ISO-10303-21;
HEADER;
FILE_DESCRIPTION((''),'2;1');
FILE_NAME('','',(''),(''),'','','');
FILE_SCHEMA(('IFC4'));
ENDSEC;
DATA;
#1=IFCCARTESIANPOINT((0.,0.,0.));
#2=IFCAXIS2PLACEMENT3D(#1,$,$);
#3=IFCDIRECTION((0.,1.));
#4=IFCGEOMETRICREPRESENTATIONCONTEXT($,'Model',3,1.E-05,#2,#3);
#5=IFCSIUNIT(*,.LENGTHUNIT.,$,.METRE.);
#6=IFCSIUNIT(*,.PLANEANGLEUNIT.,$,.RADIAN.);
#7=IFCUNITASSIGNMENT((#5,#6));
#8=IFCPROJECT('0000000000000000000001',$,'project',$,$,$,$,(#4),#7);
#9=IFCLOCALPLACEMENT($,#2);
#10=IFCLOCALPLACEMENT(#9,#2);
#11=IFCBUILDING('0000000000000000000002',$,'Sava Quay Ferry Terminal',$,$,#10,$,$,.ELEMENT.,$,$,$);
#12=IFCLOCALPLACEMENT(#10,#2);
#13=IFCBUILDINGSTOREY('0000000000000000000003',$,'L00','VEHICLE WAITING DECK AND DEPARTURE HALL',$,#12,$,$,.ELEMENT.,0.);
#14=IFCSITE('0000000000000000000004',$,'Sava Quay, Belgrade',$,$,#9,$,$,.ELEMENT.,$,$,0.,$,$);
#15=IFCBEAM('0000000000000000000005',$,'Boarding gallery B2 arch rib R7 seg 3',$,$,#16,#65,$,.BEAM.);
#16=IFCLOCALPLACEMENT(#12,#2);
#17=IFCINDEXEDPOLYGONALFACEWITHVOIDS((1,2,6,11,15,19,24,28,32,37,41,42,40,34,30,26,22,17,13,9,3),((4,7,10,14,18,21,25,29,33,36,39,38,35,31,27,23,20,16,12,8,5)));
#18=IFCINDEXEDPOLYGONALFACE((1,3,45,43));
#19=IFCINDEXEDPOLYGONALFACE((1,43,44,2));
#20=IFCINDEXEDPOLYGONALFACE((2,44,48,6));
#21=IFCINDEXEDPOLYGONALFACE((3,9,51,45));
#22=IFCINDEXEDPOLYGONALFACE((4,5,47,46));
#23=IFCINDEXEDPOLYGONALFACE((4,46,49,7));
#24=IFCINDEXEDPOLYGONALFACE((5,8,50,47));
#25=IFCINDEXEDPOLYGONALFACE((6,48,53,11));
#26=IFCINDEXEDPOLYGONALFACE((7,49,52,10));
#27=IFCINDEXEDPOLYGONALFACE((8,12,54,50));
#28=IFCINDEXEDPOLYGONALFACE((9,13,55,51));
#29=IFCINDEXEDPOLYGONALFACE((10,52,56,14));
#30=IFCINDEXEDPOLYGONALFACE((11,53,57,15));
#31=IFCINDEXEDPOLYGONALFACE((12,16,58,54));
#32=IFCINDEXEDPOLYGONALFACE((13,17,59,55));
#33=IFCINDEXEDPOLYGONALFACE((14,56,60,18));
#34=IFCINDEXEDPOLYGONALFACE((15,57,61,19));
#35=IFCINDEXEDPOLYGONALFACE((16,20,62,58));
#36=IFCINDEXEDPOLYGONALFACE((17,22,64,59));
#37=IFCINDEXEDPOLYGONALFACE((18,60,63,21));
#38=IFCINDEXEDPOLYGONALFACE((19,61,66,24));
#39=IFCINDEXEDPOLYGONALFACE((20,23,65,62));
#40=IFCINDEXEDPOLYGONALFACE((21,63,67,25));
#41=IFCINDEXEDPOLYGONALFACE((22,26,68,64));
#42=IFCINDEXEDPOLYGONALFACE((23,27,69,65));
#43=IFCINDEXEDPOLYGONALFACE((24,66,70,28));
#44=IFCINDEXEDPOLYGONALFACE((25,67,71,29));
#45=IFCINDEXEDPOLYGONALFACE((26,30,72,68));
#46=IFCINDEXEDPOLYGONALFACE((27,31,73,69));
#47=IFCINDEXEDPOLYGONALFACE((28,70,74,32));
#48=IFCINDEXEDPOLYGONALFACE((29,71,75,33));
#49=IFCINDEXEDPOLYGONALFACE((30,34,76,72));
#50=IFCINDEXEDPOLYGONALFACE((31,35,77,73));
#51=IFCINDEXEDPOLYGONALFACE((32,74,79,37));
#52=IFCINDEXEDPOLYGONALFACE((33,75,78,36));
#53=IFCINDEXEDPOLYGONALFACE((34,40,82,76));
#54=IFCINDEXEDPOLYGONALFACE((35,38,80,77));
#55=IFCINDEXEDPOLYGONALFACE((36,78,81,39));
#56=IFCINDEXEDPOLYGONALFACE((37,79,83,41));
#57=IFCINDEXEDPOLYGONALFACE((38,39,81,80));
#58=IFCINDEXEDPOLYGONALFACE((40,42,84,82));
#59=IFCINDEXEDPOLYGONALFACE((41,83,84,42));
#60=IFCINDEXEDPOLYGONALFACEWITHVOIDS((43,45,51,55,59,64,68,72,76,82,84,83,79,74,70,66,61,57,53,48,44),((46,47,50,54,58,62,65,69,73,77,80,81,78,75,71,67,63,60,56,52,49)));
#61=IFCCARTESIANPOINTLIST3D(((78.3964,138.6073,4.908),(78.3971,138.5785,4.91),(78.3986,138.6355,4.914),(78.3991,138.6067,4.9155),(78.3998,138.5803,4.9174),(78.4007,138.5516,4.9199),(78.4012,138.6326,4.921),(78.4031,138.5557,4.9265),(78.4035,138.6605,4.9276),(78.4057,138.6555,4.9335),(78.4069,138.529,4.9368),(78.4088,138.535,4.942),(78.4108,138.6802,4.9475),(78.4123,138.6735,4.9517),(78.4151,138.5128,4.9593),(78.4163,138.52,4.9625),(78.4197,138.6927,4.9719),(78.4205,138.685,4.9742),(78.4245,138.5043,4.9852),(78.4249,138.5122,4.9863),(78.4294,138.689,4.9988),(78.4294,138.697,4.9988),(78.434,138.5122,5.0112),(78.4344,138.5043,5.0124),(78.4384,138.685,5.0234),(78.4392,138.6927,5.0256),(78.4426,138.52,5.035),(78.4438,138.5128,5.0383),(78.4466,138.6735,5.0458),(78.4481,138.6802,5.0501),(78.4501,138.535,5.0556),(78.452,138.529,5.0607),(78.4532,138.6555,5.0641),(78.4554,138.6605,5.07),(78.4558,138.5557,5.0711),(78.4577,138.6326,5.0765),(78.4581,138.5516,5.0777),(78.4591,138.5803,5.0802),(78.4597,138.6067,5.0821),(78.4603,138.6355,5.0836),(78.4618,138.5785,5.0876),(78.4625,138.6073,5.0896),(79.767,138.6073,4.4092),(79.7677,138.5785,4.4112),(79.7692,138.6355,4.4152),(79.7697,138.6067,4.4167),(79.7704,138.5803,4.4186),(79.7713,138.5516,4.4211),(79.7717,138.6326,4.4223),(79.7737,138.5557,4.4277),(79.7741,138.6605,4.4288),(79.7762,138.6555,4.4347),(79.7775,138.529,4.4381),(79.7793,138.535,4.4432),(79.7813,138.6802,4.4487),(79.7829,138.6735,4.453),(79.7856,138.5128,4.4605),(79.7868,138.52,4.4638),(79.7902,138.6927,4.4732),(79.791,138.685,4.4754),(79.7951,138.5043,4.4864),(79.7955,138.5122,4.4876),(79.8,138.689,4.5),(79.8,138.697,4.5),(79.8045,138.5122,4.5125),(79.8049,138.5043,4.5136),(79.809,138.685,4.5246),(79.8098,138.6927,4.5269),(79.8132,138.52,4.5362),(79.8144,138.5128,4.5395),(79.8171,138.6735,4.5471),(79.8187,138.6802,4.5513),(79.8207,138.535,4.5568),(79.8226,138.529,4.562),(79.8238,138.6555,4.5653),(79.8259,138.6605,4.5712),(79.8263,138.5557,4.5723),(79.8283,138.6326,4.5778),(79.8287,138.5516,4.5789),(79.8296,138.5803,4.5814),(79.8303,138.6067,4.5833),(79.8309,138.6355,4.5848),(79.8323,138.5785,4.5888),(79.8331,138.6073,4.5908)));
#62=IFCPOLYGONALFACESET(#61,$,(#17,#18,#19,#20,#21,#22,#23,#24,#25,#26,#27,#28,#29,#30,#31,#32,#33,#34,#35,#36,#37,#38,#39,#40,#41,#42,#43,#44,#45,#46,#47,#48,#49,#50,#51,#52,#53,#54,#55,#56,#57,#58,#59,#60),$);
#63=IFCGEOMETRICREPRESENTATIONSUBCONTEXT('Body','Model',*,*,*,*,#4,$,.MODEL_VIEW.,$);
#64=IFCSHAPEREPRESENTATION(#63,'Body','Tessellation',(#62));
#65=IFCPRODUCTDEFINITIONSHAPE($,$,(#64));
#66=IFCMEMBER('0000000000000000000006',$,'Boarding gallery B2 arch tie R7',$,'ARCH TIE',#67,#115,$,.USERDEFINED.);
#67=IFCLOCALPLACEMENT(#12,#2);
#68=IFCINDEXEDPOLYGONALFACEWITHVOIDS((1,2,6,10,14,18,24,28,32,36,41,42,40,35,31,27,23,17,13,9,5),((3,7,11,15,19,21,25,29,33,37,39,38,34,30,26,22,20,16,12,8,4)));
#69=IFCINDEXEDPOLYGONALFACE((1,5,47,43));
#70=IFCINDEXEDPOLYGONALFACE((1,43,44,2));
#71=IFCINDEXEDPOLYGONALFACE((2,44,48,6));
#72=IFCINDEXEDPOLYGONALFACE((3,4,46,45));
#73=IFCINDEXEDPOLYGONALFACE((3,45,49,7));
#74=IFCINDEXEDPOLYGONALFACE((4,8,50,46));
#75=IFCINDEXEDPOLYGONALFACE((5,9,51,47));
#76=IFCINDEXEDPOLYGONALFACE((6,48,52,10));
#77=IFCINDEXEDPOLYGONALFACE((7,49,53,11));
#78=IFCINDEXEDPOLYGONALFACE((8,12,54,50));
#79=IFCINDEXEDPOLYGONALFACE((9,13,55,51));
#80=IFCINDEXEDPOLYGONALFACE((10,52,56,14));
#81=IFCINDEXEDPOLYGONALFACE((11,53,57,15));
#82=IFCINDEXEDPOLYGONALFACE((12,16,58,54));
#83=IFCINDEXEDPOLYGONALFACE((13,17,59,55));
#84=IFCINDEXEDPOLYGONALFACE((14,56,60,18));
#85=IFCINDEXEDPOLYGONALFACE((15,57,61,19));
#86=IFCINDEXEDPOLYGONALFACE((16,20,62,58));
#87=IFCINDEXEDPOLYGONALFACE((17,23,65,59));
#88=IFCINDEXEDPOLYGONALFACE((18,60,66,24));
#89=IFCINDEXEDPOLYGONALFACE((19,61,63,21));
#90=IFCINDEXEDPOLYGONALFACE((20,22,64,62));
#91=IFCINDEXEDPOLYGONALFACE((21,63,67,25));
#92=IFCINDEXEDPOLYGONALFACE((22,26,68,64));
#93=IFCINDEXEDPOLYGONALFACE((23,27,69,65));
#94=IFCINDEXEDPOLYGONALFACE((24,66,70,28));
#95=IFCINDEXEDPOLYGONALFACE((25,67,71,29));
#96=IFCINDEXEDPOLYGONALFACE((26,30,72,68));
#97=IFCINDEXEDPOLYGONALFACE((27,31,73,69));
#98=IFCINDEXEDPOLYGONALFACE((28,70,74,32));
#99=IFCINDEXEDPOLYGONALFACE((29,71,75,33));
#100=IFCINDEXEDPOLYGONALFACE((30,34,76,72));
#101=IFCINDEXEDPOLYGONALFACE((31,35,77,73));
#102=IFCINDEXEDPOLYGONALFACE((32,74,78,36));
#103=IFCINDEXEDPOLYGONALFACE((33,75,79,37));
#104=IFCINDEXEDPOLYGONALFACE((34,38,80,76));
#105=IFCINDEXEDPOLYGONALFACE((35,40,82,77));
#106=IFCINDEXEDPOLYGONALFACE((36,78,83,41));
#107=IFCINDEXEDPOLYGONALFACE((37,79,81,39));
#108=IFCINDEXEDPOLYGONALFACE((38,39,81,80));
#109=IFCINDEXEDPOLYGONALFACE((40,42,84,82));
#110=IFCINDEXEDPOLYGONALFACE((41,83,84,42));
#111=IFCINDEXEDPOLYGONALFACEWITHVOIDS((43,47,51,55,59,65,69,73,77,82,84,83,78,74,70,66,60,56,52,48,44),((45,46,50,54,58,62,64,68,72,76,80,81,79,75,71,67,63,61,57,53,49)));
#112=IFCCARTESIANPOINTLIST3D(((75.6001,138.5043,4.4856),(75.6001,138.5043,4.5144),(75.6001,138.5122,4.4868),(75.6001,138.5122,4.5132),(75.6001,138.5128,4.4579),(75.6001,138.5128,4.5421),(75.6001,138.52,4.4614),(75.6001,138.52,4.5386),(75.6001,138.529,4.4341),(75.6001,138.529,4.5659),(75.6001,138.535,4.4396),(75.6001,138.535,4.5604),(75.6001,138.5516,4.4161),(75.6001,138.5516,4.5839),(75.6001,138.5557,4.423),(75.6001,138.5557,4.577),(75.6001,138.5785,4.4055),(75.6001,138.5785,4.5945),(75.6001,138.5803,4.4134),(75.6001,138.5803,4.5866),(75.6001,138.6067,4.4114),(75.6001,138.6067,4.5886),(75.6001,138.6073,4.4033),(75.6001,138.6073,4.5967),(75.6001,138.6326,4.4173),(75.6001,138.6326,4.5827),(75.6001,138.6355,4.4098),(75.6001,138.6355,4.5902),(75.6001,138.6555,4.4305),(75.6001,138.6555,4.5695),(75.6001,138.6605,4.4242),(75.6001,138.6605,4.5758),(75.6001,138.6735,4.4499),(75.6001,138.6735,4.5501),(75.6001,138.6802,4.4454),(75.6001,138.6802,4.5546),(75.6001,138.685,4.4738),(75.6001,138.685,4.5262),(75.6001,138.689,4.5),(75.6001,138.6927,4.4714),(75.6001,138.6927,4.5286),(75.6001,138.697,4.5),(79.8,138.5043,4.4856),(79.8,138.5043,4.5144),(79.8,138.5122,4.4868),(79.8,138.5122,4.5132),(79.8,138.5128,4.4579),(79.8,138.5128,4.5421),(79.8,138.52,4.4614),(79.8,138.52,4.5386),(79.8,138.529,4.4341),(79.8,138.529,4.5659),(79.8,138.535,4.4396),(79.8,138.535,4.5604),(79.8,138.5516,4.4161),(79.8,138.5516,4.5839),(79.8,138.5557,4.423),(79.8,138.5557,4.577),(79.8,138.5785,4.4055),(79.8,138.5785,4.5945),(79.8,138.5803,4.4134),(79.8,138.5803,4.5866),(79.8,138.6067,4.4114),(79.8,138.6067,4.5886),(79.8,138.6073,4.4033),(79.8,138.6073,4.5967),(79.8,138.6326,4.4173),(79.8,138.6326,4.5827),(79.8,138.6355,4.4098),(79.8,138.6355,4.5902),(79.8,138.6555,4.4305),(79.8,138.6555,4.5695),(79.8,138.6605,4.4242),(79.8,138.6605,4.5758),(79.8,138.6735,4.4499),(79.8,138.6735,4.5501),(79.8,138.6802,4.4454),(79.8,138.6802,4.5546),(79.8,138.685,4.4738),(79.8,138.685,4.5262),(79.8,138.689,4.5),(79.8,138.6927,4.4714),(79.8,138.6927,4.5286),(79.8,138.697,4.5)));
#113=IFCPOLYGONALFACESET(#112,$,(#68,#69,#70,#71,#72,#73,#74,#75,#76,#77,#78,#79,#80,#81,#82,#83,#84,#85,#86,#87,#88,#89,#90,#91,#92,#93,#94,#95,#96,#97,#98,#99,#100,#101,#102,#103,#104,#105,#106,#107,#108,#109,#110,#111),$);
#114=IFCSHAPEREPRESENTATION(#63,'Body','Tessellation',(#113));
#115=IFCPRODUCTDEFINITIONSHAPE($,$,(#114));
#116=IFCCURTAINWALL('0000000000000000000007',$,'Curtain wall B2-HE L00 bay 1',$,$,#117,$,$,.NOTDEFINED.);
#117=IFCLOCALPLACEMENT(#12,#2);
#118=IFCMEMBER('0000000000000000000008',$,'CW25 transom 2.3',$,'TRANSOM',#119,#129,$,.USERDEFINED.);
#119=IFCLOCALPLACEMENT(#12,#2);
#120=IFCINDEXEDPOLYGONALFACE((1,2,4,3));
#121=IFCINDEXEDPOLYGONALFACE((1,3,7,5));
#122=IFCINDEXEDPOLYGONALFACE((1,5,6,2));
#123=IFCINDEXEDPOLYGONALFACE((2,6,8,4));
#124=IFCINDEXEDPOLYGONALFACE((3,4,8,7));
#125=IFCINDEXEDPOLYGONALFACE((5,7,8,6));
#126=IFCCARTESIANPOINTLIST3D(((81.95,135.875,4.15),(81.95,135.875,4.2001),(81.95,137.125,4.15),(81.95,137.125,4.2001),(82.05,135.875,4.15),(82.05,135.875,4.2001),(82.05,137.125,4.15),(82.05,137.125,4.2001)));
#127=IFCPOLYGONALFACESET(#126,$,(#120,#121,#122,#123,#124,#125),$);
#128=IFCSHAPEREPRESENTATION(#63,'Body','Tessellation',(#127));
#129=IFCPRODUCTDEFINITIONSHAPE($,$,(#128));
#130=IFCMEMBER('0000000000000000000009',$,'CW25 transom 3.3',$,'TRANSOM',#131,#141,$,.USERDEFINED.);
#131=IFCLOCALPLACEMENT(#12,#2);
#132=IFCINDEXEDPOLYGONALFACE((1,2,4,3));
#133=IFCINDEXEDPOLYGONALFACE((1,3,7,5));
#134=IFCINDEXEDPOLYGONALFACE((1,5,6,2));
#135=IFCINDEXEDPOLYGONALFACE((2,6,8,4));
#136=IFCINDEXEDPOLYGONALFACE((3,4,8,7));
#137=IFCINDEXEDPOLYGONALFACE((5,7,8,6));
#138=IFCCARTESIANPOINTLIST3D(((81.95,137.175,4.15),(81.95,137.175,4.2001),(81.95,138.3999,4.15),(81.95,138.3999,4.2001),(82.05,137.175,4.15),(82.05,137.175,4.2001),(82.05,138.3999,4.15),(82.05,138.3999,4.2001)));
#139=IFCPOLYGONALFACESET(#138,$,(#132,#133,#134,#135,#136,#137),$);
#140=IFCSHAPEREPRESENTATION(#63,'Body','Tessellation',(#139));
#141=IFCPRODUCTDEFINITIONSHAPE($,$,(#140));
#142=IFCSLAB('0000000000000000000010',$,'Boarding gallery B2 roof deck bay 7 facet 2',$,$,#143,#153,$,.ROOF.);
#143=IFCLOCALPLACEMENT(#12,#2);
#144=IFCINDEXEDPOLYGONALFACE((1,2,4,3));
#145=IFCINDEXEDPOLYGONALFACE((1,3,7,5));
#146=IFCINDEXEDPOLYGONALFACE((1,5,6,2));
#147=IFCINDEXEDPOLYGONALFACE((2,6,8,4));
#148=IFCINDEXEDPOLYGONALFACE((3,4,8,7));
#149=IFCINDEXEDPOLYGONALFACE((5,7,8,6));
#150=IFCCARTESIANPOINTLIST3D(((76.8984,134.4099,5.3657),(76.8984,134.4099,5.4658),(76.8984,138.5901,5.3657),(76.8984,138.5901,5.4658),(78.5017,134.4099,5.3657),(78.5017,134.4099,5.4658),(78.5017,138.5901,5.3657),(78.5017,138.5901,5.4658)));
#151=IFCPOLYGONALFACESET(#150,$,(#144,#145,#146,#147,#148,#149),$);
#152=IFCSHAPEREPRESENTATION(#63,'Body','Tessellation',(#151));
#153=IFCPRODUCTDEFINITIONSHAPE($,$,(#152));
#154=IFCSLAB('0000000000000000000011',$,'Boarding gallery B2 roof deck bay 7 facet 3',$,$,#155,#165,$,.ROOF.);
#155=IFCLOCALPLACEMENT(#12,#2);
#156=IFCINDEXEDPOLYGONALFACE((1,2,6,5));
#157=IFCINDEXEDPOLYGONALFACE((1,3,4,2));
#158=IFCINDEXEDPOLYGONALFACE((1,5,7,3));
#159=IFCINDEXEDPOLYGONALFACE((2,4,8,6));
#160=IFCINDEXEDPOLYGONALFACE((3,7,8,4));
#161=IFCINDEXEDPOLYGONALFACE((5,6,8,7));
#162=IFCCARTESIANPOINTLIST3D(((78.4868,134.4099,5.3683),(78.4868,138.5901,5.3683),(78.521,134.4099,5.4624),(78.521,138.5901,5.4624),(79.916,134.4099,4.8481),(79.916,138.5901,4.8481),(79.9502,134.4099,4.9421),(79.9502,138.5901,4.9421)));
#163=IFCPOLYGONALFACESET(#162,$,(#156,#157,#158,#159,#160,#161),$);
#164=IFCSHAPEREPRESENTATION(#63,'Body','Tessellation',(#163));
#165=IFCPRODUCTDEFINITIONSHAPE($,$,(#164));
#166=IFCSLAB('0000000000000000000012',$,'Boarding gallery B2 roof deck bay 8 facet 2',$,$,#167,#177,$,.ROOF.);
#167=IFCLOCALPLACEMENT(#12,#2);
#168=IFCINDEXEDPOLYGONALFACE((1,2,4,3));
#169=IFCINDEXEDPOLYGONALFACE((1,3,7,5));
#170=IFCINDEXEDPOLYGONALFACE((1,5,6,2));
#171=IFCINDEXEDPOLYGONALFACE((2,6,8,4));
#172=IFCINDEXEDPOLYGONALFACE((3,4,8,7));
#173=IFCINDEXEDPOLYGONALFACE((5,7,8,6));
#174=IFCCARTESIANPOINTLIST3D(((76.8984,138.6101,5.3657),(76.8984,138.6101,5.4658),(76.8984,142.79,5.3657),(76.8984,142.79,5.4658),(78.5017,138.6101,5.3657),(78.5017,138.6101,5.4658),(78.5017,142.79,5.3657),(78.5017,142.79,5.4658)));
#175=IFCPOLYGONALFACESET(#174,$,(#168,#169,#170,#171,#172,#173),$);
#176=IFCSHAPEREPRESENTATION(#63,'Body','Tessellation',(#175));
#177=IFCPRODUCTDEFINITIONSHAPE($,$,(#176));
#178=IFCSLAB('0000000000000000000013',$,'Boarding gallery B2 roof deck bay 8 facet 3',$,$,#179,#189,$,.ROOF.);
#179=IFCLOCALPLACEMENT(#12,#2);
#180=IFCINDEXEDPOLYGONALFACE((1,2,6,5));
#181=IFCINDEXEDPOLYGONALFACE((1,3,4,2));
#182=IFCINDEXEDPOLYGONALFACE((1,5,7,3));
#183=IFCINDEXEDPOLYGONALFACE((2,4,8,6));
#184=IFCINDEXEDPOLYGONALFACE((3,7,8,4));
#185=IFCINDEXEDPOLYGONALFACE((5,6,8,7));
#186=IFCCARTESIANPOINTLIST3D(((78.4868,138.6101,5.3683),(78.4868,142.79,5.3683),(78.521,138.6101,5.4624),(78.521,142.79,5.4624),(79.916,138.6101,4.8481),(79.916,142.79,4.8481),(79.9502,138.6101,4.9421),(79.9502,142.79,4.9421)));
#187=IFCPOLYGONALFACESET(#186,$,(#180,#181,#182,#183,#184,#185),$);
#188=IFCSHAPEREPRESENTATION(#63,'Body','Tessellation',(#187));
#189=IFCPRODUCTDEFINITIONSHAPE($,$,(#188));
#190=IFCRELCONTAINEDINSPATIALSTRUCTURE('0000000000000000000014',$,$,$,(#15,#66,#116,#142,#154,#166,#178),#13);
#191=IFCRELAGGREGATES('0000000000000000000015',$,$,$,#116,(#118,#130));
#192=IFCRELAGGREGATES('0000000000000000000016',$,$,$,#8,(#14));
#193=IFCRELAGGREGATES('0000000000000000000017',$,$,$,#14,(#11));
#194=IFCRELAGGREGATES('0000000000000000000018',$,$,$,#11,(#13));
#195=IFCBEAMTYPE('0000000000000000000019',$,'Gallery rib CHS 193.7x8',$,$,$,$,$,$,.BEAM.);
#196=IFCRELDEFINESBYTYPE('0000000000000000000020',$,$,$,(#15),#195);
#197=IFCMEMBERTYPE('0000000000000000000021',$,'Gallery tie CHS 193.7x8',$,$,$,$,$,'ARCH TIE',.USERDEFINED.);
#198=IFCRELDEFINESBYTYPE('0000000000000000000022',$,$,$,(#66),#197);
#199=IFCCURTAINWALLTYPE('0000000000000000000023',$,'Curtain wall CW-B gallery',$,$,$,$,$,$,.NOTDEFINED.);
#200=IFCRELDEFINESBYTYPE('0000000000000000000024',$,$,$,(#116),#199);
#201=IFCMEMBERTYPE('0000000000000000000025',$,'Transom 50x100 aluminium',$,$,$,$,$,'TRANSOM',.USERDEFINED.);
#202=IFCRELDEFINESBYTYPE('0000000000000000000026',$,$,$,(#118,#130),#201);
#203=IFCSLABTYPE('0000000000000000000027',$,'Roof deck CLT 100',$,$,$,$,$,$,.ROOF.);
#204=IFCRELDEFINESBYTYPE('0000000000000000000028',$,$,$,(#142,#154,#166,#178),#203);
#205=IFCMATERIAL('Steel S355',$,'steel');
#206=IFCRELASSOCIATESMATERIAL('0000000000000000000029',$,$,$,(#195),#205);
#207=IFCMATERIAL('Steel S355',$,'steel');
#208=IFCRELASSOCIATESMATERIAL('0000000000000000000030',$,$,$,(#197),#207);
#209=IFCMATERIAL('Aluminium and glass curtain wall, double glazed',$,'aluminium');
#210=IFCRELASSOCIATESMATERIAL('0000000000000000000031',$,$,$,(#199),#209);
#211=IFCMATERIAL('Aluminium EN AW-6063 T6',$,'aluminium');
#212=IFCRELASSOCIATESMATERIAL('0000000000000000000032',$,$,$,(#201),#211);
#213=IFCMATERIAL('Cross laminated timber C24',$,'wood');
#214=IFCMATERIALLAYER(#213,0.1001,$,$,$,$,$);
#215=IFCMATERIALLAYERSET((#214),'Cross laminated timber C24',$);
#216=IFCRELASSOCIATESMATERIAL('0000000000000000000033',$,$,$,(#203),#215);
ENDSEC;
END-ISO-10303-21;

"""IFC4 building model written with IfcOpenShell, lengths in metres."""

from ifc_helpers import new_model, si_unit, direction, frame, origin, origin_2d, place, context, subcontext, project, spatial, polyline, rectangle, hollow_circle, outline, extrude, material, layer, layer_set, material_profile, profile_set, type_object, element, aggregate, save


model = new_model("IFC4")

# Units and contexts
model_context = context("Model", 3, precision=1e-05, world=origin(), true_north=direction((0.0, 1.0)))
body_context = subcontext(model_context, "Body", "Model", "MODEL_VIEW")
ifc_project = project(units=[si_unit("LENGTHUNIT", "METRE"), si_unit("PLANEANGLEUNIT", "RADIAN")], contexts=[model_context])

# Site, building, storey
site_placement = place(None, origin())
site = spatial("IfcSite", under=ifc_project, at=site_placement, Name="Sava Quay, Belgrade", CompositionType="ELEMENT", RefElevation=0.0)
building_placement = place(site_placement, origin())
building = spatial("IfcBuilding", under=site, at=building_placement, Name="Sava Quay Ferry Terminal", CompositionType="ELEMENT")
storey_placement = place(building_placement, origin())
storey = spatial("IfcBuildingStorey", under=building, at=storey_placement, Name="L00", Description="VEHICLE WAITING DECK AND DEPARTURE HALL", CompositionType="ELEMENT", Elevation=0.0)

# Beam
ifc_material_1 = material(Name="Steel S355", Category="steel")
ifc_material_profile_1 = material_profile(ifc_material_1, hollow_circle(Radius=0.0969, WallThickness=0.0081, at=origin_2d()), Name="CHS 193.7 x 8.0")
ifc_profile_set_1 = profile_set([ifc_material_profile_1], Name="Steel S355")
beam_type_1 = type_object("IfcBeamType", Name="Gallery rib CHS 193.7x8", PredefinedType="BEAM", material=ifc_profile_set_1)
beam_1_placement = place(storey_placement, frame((78.4294, 138.6001, 4.9988), z_axis=(0.93971, 0.0, -0.341972), x_axis=(0.0, 1.0, 0.0)))
element("IfcBeam", 1, at=beam_1_placement, inside=storey, type_object=beam_type_1, Name="Boarding gallery B2 arch rib R7 seg 3", PredefinedType="BEAM", context=body_context, shape_type="SweptSolid", body=[
    extrude(hollow_circle(Radius=0.0969, WallThickness=0.0081, at=origin_2d()), origin(), (0.0, 0.0, 1.0), 1.4585),
])

# Member
ifc_material_2 = material(Name="Steel S355", Category="steel")
ifc_material_profile_2 = material_profile(ifc_material_2, hollow_circle(Radius=0.0969, WallThickness=0.0081, at=origin_2d()), Name="CHS 193.7 x 8.0")
ifc_profile_set_2 = profile_set([ifc_material_profile_2], Name="Steel S355")
member_type_1 = type_object("IfcMemberType", Name="Gallery tie CHS 193.7x8", ElementType="ARCH TIE", PredefinedType="USERDEFINED", material=ifc_profile_set_2)
member_1_placement = place(storey_placement, frame((75.6001, 138.6001, 4.5), z_axis=(1.0, 0.0, 0.0), x_axis=(0.0, 1.0, 0.0)))
element("IfcMember", 2, at=member_1_placement, inside=storey, type_object=member_type_1, Name="Boarding gallery B2 arch tie R7", ObjectType="ARCH TIE", PredefinedType="USERDEFINED", context=body_context, shape_type="SweptSolid", body=[
    extrude(hollow_circle(Radius=0.0969, WallThickness=0.0081, at=origin_2d()), origin(), (0.0, 0.0, 1.0), 4.2),
])

# Curtain wall, members
ifc_material_3 = material(Name="Aluminium and glass curtain wall, double glazed", Category="aluminium")
curtain_wall_type = type_object("IfcCurtainWallType", Name="Curtain wall CW-B gallery", PredefinedType="NOTDEFINED", material=ifc_material_3)
curtain_wall_placement = place(storey_placement, origin())
curtain_wall = element("IfcCurtainWall", 3, at=curtain_wall_placement, inside=storey, type_object=curtain_wall_type, Name="Curtain wall B2-HE L00 bay 1", PredefinedType="NOTDEFINED")
ifc_material_4 = material(Name="Aluminium EN AW-6063 T6", Category="aluminium")
ifc_material_profile_3 = material_profile(ifc_material_4, rectangle(XDim=0.1001, YDim=0.05, at=origin_2d()), Name="Transom 50x100 aluminium")
ifc_profile_set_3 = profile_set([ifc_material_profile_3], Name="Aluminium EN AW-6063 T6")
member_type_2 = type_object("IfcMemberType", Name="Transom 50x100 aluminium", ElementType="TRANSOM", PredefinedType="USERDEFINED", material=ifc_profile_set_3)
member_2_placement = place(storey_placement, frame((82.0, 135.875, 4.175), z_axis=(0.0, 1.0, 0.0), x_axis=(-1.0, 0.0, 0.0)))
member_2 = element("IfcMember", 4, at=member_2_placement, type_object=member_type_2, Name="CW25 transom 2.3", ObjectType="TRANSOM", PredefinedType="USERDEFINED", context=body_context, shape_type="SweptSolid", body=[
    extrude(rectangle(XDim=0.1001, YDim=0.05, at=origin_2d()), origin(), (0.0, 0.0, 1.0), 1.25),
])
member_3_placement = place(storey_placement, frame((82.0, 137.175, 4.175), z_axis=(0.0, 1.0, 0.0), x_axis=(-1.0, 0.0, 0.0)))
member_3 = element("IfcMember", 5, at=member_3_placement, type_object=member_type_2, Name="CW25 transom 3.3", ObjectType="TRANSOM", PredefinedType="USERDEFINED", context=body_context, shape_type="SweptSolid", body=[
    extrude(rectangle(XDim=0.1001, YDim=0.05, at=origin_2d()), origin(), (0.0, 0.0, 1.0), 1.2249),
])
aggregate(curtain_wall, [member_2, member_3])

# Slabs
ifc_material_5 = material(Name="Cross laminated timber C24", Category="wood")
ifc_layer_1 = layer(ifc_material_5, 0.1001)
ifc_layer_set_1 = layer_set([ifc_layer_1], Name="Cross laminated timber C24")
slab_type = type_object("IfcSlabType", Name="Roof deck CLT 100", PredefinedType="ROOF", material=ifc_layer_set_1)
slab_1_placement = place(storey_placement, frame((76.8984, 134.4099, 5.4658), z_axis=(0.0, 0.0, 1.0), x_axis=(1.0, 0.0, 0.0)))
element("IfcSlab", 6, at=slab_1_placement, inside=storey, type_object=slab_type, Name="Boarding gallery B2 roof deck bay 7 facet 2", PredefinedType="ROOF", context=body_context, shape_type="SweptSolid", body=[
    extrude(outline(polyline([(0.0, 0.0), (1.6033, 0.0), (1.6033, 4.1802), (0.0, 4.1802), (0.0, 0.0)])), origin(), (0.0, 0.0, -1.0), 0.1001),
])
slab_2_placement = place(storey_placement, frame((78.521, 134.4099, 5.4624), z_axis=(0.342065, 0.0, 0.939676), x_axis=(0.939676, 0.0, -0.342065)))
element("IfcSlab", 7, at=slab_2_placement, inside=storey, type_object=slab_type, Name="Boarding gallery B2 roof deck bay 7 facet 3", PredefinedType="ROOF", context=body_context, shape_type="SweptSolid", body=[
    extrude(outline(polyline([(0.0, 0.0), (1.5209, 0.0), (1.5209, 4.1802), (0.0, 4.1802), (0.0, 0.0)])), origin(), (0.0, 0.0, -1.0), 0.1001),
])
slab_3_placement = place(storey_placement, frame((76.8984, 138.6101, 5.4658), z_axis=(0.0, 0.0, 1.0), x_axis=(1.0, 0.0, 0.0)))
element("IfcSlab", 8, at=slab_3_placement, inside=storey, type_object=slab_type, Name="Boarding gallery B2 roof deck bay 8 facet 2", PredefinedType="ROOF", context=body_context, shape_type="SweptSolid", body=[
    extrude(outline(polyline([(0.0, 0.0), (1.6033, 0.0), (1.6033, 4.1799), (0.0, 4.1799), (0.0, 0.0)])), origin(), (0.0, 0.0, -1.0), 0.1001),
])
slab_4_placement = place(storey_placement, frame((78.521, 138.6101, 5.4624), z_axis=(0.342065, 0.0, 0.939676), x_axis=(0.939676, 0.0, -0.342065)))
element("IfcSlab", 9, at=slab_4_placement, inside=storey, type_object=slab_type, Name="Boarding gallery B2 roof deck bay 8 facet 3", PredefinedType="ROOF", context=body_context, shape_type="SweptSolid", body=[
    extrude(outline(polyline([(0.0, 0.0), (1.5209, 0.0), (1.5209, 4.1799), (0.0, 4.1799), (0.0, 0.0)])), origin(), (0.0, 0.0, -1.0), 0.1001),
])

save(model, "model.ifc")
